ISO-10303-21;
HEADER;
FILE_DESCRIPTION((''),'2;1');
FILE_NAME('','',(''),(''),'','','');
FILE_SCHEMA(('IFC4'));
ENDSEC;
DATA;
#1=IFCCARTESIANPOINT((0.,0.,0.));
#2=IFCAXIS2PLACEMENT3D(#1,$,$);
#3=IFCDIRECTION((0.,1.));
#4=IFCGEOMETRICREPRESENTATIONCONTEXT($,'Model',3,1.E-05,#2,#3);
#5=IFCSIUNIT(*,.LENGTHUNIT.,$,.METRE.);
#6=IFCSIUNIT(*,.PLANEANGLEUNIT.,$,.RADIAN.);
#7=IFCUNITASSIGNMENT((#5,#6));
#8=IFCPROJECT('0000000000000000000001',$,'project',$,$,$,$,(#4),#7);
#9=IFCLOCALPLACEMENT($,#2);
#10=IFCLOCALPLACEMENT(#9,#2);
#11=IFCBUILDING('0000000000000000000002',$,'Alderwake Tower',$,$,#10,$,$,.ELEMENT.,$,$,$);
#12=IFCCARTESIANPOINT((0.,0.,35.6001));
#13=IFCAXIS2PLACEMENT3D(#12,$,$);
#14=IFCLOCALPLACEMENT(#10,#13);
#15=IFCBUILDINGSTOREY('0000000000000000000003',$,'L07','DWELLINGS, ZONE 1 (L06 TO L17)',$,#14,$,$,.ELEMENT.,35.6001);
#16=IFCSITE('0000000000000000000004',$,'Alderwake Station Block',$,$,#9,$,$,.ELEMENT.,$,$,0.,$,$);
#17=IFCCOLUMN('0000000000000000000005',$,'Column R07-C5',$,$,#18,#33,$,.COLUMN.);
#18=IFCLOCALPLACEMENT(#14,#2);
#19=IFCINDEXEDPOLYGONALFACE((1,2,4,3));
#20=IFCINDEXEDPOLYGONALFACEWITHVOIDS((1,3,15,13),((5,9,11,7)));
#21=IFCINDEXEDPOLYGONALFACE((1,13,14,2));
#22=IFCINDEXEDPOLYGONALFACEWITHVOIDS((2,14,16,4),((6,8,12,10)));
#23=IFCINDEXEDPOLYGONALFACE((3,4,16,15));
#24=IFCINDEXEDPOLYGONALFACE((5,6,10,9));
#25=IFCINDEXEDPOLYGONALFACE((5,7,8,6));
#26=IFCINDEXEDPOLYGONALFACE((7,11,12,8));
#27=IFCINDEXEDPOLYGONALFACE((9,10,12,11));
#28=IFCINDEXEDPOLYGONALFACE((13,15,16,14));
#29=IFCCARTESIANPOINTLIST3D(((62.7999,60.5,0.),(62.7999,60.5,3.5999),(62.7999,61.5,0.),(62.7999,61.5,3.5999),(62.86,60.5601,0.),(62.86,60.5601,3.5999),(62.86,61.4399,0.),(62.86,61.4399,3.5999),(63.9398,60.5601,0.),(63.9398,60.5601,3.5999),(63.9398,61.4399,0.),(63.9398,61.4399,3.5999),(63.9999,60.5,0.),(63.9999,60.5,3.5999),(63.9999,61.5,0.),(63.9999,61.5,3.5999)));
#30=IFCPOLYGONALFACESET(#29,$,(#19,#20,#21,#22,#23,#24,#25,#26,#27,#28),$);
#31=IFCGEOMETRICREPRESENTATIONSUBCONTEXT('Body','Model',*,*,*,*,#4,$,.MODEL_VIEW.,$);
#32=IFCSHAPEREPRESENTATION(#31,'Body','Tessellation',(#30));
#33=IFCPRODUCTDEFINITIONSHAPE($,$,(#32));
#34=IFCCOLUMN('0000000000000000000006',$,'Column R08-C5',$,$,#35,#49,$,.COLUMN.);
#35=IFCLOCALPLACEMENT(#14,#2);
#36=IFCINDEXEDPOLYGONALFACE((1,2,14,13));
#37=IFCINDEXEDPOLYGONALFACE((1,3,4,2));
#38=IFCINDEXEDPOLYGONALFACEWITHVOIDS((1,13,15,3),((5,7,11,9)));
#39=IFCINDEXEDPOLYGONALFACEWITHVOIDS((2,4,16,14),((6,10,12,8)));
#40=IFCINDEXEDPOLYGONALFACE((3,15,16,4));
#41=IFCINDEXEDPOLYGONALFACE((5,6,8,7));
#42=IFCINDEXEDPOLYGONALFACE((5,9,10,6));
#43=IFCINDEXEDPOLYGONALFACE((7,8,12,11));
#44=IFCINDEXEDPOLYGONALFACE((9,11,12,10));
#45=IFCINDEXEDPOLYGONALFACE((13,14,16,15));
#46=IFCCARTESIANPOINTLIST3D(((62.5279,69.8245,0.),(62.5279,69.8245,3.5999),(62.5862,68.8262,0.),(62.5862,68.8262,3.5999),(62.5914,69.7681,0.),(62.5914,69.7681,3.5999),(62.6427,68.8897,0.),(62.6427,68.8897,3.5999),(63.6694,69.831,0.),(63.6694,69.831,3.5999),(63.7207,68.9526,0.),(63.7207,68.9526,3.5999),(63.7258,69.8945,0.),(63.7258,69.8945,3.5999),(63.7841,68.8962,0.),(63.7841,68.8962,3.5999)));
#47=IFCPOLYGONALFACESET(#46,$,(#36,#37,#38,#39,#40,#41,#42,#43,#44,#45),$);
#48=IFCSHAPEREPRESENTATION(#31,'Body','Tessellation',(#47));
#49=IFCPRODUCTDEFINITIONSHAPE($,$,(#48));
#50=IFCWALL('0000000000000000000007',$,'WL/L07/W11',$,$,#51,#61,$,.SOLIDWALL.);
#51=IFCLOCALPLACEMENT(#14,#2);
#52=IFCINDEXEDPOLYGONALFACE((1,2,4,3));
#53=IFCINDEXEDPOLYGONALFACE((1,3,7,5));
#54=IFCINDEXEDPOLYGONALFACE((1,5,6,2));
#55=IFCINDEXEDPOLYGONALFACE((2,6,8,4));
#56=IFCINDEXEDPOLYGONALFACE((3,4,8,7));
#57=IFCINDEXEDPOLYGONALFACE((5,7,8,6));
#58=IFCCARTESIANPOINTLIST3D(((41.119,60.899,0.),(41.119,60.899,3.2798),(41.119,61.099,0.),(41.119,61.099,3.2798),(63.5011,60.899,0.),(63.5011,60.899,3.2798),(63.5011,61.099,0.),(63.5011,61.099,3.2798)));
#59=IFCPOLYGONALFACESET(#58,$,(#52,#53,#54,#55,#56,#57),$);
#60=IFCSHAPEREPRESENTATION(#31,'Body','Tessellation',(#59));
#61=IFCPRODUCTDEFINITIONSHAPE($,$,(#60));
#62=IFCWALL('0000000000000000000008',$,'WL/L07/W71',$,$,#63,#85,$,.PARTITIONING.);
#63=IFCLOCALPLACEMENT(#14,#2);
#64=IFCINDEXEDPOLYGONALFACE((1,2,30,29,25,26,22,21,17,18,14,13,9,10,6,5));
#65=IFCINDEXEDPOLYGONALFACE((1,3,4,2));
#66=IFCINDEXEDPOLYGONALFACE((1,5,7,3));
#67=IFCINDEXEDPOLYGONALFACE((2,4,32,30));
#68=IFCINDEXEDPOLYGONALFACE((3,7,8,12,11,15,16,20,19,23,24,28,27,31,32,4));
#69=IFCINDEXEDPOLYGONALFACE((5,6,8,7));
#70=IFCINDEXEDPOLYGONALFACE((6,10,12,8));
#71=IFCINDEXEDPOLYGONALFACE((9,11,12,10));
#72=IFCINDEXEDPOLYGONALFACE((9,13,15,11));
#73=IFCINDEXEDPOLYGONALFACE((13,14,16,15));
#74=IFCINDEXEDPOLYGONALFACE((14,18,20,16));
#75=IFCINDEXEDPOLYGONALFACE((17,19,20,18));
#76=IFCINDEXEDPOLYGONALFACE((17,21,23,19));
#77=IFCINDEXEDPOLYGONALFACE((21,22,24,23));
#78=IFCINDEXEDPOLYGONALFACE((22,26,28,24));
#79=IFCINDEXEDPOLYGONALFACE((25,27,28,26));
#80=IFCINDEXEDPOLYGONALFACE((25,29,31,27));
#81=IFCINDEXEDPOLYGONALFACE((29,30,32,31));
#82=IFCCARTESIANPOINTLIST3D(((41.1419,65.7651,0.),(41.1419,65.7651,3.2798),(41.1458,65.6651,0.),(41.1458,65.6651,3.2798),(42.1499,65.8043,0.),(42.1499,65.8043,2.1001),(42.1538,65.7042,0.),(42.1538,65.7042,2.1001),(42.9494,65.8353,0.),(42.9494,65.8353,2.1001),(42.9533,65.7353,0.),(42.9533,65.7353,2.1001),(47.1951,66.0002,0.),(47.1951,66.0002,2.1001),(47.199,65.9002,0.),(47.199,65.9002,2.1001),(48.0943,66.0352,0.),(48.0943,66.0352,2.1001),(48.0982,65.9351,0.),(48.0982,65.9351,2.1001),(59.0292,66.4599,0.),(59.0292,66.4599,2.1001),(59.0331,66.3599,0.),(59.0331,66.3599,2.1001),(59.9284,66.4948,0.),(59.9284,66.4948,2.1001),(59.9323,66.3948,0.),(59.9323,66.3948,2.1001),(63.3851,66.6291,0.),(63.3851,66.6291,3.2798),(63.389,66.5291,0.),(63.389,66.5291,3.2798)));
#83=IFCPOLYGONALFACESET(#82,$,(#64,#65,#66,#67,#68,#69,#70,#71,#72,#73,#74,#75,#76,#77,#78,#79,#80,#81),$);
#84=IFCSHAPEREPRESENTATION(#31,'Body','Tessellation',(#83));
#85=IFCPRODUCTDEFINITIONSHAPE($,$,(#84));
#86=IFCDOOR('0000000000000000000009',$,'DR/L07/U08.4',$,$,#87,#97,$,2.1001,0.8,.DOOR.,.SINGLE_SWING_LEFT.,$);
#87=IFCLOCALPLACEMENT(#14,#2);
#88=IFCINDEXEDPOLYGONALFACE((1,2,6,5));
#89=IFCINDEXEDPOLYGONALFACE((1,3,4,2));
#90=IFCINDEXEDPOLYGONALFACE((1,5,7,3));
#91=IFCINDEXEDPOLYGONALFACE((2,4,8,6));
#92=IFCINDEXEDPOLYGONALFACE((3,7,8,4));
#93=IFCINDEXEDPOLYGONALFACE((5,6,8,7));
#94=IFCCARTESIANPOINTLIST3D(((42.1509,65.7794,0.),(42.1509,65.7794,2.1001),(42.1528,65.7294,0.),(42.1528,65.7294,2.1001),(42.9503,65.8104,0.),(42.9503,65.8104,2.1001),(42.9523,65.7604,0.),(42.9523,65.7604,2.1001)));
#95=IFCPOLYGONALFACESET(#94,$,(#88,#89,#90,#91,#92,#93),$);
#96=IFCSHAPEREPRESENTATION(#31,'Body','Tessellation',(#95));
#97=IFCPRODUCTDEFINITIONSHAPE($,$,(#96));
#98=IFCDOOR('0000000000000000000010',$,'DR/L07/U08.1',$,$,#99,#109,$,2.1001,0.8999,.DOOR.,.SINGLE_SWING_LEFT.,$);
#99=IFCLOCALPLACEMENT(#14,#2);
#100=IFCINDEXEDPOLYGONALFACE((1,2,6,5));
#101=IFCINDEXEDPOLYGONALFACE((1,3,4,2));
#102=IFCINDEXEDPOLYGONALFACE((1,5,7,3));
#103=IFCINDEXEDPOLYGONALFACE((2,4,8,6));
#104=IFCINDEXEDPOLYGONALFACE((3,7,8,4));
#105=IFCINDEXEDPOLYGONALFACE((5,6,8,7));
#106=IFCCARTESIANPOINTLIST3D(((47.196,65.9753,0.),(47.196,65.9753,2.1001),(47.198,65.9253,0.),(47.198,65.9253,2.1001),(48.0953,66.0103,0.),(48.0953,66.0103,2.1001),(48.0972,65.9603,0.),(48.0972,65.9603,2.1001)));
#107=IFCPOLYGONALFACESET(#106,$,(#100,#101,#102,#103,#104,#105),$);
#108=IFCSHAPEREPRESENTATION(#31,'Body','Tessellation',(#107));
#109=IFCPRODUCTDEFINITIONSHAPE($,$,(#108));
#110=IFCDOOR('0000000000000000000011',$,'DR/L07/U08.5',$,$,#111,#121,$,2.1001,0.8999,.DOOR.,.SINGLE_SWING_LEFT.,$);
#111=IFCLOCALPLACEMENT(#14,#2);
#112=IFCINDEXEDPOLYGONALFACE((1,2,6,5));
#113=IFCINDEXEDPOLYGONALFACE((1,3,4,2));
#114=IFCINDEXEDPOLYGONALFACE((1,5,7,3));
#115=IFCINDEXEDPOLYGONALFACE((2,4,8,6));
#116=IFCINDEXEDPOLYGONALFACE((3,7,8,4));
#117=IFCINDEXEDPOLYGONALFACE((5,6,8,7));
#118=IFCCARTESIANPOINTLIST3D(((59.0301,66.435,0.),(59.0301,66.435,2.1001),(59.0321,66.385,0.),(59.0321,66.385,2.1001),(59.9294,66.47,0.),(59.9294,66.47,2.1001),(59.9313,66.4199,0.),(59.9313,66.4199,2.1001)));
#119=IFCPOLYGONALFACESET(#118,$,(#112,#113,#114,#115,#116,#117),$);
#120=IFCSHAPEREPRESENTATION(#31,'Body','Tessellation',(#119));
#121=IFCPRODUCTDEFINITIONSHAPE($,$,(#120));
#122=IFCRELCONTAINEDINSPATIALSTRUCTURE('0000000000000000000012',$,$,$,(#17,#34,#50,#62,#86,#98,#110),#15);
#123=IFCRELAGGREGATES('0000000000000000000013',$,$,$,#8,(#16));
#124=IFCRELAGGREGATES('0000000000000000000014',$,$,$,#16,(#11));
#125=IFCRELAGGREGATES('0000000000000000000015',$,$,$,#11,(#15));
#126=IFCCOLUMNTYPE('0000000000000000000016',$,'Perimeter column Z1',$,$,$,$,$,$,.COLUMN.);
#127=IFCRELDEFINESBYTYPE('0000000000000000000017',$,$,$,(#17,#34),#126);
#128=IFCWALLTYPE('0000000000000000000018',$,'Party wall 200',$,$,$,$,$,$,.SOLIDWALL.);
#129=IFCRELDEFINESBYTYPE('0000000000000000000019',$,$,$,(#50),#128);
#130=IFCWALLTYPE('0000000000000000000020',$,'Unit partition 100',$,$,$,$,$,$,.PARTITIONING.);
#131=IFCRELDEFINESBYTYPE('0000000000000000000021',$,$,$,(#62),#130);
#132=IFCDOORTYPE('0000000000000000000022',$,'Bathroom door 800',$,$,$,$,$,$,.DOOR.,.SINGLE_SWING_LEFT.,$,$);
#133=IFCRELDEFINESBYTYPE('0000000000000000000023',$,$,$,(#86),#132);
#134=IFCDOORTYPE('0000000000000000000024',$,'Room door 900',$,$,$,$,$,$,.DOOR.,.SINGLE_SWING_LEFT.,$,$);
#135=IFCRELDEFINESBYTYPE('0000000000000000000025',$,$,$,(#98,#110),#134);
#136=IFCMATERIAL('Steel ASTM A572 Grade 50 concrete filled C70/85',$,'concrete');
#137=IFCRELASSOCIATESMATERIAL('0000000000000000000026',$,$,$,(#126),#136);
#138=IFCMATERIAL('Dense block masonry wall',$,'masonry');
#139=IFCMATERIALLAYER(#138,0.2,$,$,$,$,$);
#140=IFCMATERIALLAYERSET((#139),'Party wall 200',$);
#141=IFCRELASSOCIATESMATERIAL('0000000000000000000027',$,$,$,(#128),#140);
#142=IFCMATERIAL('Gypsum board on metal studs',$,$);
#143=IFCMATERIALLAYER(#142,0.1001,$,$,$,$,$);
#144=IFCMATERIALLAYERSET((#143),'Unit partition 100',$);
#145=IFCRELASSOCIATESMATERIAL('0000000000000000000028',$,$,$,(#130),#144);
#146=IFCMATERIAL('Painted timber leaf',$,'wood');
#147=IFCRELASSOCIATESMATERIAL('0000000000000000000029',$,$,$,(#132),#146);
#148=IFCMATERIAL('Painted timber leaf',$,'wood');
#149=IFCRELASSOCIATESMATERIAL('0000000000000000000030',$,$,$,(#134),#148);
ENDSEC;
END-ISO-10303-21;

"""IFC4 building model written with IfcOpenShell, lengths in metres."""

from ifc_helpers import new_model, si_unit, direction, frame, frame_2d, origin, origin_2d, place, context, subcontext, project, spatial, rectangle, hollow_rectangle, extrude, material, layer, layer_set, material_profile, profile_set, type_object, element, fill, save


model = new_model("IFC4")

# Units and contexts
model_context = context("Model", 3, precision=1e-05, world=origin(), true_north=direction((0.0, 1.0)))
body_context = subcontext(model_context, "Body", "Model", "MODEL_VIEW")
ifc_project = project(units=[si_unit("LENGTHUNIT", "METRE"), si_unit("PLANEANGLEUNIT", "RADIAN")], contexts=[model_context])

# Site, building, storey
site_placement = place(None, origin())
site = spatial("IfcSite", under=ifc_project, at=site_placement, Name="Alderwake Station Block", CompositionType="ELEMENT", RefElevation=0.0)
building_placement = place(site_placement, origin())
building = spatial("IfcBuilding", under=site, at=building_placement, Name="Alderwake Tower", CompositionType="ELEMENT")
storey_placement = place(building_placement, frame((0.0, 0.0, 35.6001)))
storey = spatial("IfcBuildingStorey", under=building, at=storey_placement, Name="L07", Description="DWELLINGS, ZONE 1 (L06 TO L17)", CompositionType="ELEMENT", Elevation=35.6001)

# Columns
ifc_material_1 = material(Name="Steel ASTM A572 Grade 50 concrete filled C70/85", Category="concrete")
ifc_material_profile = material_profile(ifc_material_1, hollow_rectangle(XDim=1.0, YDim=1.2, WallThickness=0.0601, at=origin_2d()), Name="BOX 1200X1000X60")
ifc_profile_set = profile_set([ifc_material_profile], Name="Steel ASTM A572 Grade 50 concrete filled C70/85")
column_type = type_object("IfcColumnType", Name="Perimeter column Z1", PredefinedType="COLUMN", material=ifc_profile_set)
for number, where, z_axis, x_axis, name in (
    (1, (63.3999, 61.0, 0.0), (0.0, 0.0, 1.0), (0.0, 1.0, 0.0), "Column R07-C5"),
    (2, (63.156, 69.3604, 0.0), (0.0, 0.0, 1.0), (-0.058301, 0.998299, 0.0), "Column R08-C5"),
):
    element("IfcColumn", number, at=place(storey_placement, frame(where, z_axis=z_axis, x_axis=x_axis)), inside=storey, type_object=column_type, Name=name, PredefinedType="COLUMN", context=body_context, shape_type="SweptSolid", body=[
        extrude(hollow_rectangle(XDim=1.0, YDim=1.2, WallThickness=0.0601, at=origin_2d()), origin(), (0.0, 0.0, 1.0), 3.5999),
    ])

# Wall
ifc_material_2 = material(Name="Dense block masonry wall", Category="masonry")
ifc_layer_1 = layer(ifc_material_2, 0.2)
ifc_layer_set_1 = layer_set([ifc_layer_1], Name="Party wall 200")
wall_type_1 = type_object("IfcWallType", Name="Party wall 200", PredefinedType="SOLIDWALL", material=ifc_layer_set_1)
wall_1_placement = place(storey_placement, frame((63.501, 60.999, 0.0), z_axis=(0.0, 0.0, 1.0), x_axis=(-1.0, 0.0, 0.0)))
element("IfcWall", 3, at=wall_1_placement, inside=storey, type_object=wall_type_1, Name="WL/L07/W11", PredefinedType="SOLIDWALL", context=body_context, shape_type="SweptSolid", body=[
    extrude(rectangle(XDim=22.3821, YDim=0.2, at=frame_2d((11.1909, 0.0))), origin(), (0.0, 0.0, 1.0), 3.2798),
])

# Wall, openings, doors
ifc_material_3 = material(Name="Gypsum board on metal studs")
ifc_layer_2 = layer(ifc_material_3, 0.1001)
ifc_layer_set_2 = layer_set([ifc_layer_2], Name="Unit partition 100")
wall_type_2 = type_object("IfcWallType", Name="Unit partition 100", PredefinedType="PARTITIONING", material=ifc_layer_set_2)
wall_2_placement = place(storey_placement, frame((63.387, 66.5791, 0.0), z_axis=(0.0, 0.0, 1.0), x_axis=(-0.999246, -0.038815, 0.0)))
wall_2 = element("IfcWall", 4, at=wall_2_placement, inside=storey, type_object=wall_type_2, Name="WL/L07/W71", PredefinedType="PARTITIONING", context=body_context, shape_type="SweptSolid", body=[
    extrude(rectangle(XDim=22.26, YDim=0.1001, at=frame_2d((11.1299, 0.0))), origin(), (0.0, 0.0, 1.0), 3.2798),
])
opening_1_placement = place(wall_2_placement, frame((15.3022, 0.0, 0.0)))
opening_1 = element("IfcOpeningElement", 5, at=opening_1_placement, cuts=wall_2, PredefinedType="OPENING", context=body_context, shape_type="SweptSolid", body=[
    extrude(rectangle(XDim=0.8999, YDim=2.1001, at=frame_2d((0.45, 1.05))), frame((0.0, 0.0601, 0.0), z_axis=(0.0, -1.0, 0.0), x_axis=(1.0, 0.0, 0.0)), (0.0, 0.0, 1.0), 0.1201),
])
opening_2_placement = place(wall_2_placement, frame((20.4512, 0.0, 0.0)))
opening_2 = element("IfcOpeningElement", 6, at=opening_2_placement, cuts=wall_2, PredefinedType="OPENING", context=body_context, shape_type="SweptSolid", body=[
    extrude(rectangle(XDim=0.8, YDim=2.1001, at=frame_2d((0.3999, 1.05))), frame((0.0, 0.0601, 0.0), z_axis=(0.0, -1.0, 0.0), x_axis=(1.0, 0.0, 0.0)), (0.0, 0.0, 1.0), 0.1201),
])
opening_3_placement = place(wall_2_placement, frame((3.4592, 0.0, 0.0)))
opening_3 = element("IfcOpeningElement", 7, at=opening_3_placement, cuts=wall_2, PredefinedType="OPENING", context=body_context, shape_type="SweptSolid", body=[
    extrude(rectangle(XDim=0.8999, YDim=2.1001, at=frame_2d((0.45, 1.05))), frame((0.0, 0.0601, 0.0), z_axis=(0.0, -1.0, 0.0), x_axis=(1.0, 0.0, 0.0)), (0.0, 0.0, 1.0), 0.1201),
])
ifc_material_4 = material(Name="Painted timber leaf", Category="wood")
door_type_1 = type_object("IfcDoorType", Name="Bathroom door 800", OperationType="SINGLE_SWING_LEFT", PredefinedType="DOOR", material=ifc_material_4)
door_1_placement = place(opening_2_placement, origin())
door_1 = element("IfcDoor", 8, at=door_1_placement, inside=storey, type_object=door_type_1, Name="DR/L07/U08.4", OperationType="SINGLE_SWING_LEFT", OverallHeight=2.1001, OverallWidth=0.8, PredefinedType="DOOR", context=body_context, shape_type="SweptSolid", body=[
    extrude(rectangle(XDim=0.8, YDim=2.1001, at=frame_2d((0.3999, 1.05))), frame((0.0, 0.0249, 0.0), z_axis=(0.0, -1.0, 0.0), x_axis=(1.0, 0.0, 0.0)), (0.0, 0.0, 1.0), 0.05),
])
fill(opening_2, door_1)
ifc_material_5 = material(Name="Painted timber leaf", Category="wood")
door_type_2 = type_object("IfcDoorType", Name="Room door 900", OperationType="SINGLE_SWING_LEFT", PredefinedType="DOOR", material=ifc_material_5)
door_2_placement = place(opening_1_placement, origin())
door_2 = element("IfcDoor", 9, at=door_2_placement, inside=storey, type_object=door_type_2, Name="DR/L07/U08.1", OperationType="SINGLE_SWING_LEFT", OverallHeight=2.1001, OverallWidth=0.8999, PredefinedType="DOOR", context=body_context, shape_type="SweptSolid", body=[
    extrude(rectangle(XDim=0.8999, YDim=2.1001, at=frame_2d((0.45, 1.05))), frame((0.0, 0.0249, 0.0), z_axis=(0.0, -1.0, 0.0), x_axis=(1.0, 0.0, 0.0)), (0.0, 0.0, 1.0), 0.05),
])
fill(opening_1, door_2)
door_3_placement = place(opening_3_placement, origin())
door_3 = element("IfcDoor", 10, at=door_3_placement, inside=storey, type_object=door_type_2, Name="DR/L07/U08.5", OperationType="SINGLE_SWING_LEFT", OverallHeight=2.1001, OverallWidth=0.8999, PredefinedType="DOOR", context=body_context, shape_type="SweptSolid", body=[
    extrude(rectangle(XDim=0.8999, YDim=2.1001, at=frame_2d((0.45, 1.05))), frame((0.0, 0.0249, 0.0), z_axis=(0.0, -1.0, 0.0), x_axis=(1.0, 0.0, 0.0)), (0.0, 0.0, 1.0), 0.05),
])
fill(opening_3, door_3)

save(model, "model.ifc")
